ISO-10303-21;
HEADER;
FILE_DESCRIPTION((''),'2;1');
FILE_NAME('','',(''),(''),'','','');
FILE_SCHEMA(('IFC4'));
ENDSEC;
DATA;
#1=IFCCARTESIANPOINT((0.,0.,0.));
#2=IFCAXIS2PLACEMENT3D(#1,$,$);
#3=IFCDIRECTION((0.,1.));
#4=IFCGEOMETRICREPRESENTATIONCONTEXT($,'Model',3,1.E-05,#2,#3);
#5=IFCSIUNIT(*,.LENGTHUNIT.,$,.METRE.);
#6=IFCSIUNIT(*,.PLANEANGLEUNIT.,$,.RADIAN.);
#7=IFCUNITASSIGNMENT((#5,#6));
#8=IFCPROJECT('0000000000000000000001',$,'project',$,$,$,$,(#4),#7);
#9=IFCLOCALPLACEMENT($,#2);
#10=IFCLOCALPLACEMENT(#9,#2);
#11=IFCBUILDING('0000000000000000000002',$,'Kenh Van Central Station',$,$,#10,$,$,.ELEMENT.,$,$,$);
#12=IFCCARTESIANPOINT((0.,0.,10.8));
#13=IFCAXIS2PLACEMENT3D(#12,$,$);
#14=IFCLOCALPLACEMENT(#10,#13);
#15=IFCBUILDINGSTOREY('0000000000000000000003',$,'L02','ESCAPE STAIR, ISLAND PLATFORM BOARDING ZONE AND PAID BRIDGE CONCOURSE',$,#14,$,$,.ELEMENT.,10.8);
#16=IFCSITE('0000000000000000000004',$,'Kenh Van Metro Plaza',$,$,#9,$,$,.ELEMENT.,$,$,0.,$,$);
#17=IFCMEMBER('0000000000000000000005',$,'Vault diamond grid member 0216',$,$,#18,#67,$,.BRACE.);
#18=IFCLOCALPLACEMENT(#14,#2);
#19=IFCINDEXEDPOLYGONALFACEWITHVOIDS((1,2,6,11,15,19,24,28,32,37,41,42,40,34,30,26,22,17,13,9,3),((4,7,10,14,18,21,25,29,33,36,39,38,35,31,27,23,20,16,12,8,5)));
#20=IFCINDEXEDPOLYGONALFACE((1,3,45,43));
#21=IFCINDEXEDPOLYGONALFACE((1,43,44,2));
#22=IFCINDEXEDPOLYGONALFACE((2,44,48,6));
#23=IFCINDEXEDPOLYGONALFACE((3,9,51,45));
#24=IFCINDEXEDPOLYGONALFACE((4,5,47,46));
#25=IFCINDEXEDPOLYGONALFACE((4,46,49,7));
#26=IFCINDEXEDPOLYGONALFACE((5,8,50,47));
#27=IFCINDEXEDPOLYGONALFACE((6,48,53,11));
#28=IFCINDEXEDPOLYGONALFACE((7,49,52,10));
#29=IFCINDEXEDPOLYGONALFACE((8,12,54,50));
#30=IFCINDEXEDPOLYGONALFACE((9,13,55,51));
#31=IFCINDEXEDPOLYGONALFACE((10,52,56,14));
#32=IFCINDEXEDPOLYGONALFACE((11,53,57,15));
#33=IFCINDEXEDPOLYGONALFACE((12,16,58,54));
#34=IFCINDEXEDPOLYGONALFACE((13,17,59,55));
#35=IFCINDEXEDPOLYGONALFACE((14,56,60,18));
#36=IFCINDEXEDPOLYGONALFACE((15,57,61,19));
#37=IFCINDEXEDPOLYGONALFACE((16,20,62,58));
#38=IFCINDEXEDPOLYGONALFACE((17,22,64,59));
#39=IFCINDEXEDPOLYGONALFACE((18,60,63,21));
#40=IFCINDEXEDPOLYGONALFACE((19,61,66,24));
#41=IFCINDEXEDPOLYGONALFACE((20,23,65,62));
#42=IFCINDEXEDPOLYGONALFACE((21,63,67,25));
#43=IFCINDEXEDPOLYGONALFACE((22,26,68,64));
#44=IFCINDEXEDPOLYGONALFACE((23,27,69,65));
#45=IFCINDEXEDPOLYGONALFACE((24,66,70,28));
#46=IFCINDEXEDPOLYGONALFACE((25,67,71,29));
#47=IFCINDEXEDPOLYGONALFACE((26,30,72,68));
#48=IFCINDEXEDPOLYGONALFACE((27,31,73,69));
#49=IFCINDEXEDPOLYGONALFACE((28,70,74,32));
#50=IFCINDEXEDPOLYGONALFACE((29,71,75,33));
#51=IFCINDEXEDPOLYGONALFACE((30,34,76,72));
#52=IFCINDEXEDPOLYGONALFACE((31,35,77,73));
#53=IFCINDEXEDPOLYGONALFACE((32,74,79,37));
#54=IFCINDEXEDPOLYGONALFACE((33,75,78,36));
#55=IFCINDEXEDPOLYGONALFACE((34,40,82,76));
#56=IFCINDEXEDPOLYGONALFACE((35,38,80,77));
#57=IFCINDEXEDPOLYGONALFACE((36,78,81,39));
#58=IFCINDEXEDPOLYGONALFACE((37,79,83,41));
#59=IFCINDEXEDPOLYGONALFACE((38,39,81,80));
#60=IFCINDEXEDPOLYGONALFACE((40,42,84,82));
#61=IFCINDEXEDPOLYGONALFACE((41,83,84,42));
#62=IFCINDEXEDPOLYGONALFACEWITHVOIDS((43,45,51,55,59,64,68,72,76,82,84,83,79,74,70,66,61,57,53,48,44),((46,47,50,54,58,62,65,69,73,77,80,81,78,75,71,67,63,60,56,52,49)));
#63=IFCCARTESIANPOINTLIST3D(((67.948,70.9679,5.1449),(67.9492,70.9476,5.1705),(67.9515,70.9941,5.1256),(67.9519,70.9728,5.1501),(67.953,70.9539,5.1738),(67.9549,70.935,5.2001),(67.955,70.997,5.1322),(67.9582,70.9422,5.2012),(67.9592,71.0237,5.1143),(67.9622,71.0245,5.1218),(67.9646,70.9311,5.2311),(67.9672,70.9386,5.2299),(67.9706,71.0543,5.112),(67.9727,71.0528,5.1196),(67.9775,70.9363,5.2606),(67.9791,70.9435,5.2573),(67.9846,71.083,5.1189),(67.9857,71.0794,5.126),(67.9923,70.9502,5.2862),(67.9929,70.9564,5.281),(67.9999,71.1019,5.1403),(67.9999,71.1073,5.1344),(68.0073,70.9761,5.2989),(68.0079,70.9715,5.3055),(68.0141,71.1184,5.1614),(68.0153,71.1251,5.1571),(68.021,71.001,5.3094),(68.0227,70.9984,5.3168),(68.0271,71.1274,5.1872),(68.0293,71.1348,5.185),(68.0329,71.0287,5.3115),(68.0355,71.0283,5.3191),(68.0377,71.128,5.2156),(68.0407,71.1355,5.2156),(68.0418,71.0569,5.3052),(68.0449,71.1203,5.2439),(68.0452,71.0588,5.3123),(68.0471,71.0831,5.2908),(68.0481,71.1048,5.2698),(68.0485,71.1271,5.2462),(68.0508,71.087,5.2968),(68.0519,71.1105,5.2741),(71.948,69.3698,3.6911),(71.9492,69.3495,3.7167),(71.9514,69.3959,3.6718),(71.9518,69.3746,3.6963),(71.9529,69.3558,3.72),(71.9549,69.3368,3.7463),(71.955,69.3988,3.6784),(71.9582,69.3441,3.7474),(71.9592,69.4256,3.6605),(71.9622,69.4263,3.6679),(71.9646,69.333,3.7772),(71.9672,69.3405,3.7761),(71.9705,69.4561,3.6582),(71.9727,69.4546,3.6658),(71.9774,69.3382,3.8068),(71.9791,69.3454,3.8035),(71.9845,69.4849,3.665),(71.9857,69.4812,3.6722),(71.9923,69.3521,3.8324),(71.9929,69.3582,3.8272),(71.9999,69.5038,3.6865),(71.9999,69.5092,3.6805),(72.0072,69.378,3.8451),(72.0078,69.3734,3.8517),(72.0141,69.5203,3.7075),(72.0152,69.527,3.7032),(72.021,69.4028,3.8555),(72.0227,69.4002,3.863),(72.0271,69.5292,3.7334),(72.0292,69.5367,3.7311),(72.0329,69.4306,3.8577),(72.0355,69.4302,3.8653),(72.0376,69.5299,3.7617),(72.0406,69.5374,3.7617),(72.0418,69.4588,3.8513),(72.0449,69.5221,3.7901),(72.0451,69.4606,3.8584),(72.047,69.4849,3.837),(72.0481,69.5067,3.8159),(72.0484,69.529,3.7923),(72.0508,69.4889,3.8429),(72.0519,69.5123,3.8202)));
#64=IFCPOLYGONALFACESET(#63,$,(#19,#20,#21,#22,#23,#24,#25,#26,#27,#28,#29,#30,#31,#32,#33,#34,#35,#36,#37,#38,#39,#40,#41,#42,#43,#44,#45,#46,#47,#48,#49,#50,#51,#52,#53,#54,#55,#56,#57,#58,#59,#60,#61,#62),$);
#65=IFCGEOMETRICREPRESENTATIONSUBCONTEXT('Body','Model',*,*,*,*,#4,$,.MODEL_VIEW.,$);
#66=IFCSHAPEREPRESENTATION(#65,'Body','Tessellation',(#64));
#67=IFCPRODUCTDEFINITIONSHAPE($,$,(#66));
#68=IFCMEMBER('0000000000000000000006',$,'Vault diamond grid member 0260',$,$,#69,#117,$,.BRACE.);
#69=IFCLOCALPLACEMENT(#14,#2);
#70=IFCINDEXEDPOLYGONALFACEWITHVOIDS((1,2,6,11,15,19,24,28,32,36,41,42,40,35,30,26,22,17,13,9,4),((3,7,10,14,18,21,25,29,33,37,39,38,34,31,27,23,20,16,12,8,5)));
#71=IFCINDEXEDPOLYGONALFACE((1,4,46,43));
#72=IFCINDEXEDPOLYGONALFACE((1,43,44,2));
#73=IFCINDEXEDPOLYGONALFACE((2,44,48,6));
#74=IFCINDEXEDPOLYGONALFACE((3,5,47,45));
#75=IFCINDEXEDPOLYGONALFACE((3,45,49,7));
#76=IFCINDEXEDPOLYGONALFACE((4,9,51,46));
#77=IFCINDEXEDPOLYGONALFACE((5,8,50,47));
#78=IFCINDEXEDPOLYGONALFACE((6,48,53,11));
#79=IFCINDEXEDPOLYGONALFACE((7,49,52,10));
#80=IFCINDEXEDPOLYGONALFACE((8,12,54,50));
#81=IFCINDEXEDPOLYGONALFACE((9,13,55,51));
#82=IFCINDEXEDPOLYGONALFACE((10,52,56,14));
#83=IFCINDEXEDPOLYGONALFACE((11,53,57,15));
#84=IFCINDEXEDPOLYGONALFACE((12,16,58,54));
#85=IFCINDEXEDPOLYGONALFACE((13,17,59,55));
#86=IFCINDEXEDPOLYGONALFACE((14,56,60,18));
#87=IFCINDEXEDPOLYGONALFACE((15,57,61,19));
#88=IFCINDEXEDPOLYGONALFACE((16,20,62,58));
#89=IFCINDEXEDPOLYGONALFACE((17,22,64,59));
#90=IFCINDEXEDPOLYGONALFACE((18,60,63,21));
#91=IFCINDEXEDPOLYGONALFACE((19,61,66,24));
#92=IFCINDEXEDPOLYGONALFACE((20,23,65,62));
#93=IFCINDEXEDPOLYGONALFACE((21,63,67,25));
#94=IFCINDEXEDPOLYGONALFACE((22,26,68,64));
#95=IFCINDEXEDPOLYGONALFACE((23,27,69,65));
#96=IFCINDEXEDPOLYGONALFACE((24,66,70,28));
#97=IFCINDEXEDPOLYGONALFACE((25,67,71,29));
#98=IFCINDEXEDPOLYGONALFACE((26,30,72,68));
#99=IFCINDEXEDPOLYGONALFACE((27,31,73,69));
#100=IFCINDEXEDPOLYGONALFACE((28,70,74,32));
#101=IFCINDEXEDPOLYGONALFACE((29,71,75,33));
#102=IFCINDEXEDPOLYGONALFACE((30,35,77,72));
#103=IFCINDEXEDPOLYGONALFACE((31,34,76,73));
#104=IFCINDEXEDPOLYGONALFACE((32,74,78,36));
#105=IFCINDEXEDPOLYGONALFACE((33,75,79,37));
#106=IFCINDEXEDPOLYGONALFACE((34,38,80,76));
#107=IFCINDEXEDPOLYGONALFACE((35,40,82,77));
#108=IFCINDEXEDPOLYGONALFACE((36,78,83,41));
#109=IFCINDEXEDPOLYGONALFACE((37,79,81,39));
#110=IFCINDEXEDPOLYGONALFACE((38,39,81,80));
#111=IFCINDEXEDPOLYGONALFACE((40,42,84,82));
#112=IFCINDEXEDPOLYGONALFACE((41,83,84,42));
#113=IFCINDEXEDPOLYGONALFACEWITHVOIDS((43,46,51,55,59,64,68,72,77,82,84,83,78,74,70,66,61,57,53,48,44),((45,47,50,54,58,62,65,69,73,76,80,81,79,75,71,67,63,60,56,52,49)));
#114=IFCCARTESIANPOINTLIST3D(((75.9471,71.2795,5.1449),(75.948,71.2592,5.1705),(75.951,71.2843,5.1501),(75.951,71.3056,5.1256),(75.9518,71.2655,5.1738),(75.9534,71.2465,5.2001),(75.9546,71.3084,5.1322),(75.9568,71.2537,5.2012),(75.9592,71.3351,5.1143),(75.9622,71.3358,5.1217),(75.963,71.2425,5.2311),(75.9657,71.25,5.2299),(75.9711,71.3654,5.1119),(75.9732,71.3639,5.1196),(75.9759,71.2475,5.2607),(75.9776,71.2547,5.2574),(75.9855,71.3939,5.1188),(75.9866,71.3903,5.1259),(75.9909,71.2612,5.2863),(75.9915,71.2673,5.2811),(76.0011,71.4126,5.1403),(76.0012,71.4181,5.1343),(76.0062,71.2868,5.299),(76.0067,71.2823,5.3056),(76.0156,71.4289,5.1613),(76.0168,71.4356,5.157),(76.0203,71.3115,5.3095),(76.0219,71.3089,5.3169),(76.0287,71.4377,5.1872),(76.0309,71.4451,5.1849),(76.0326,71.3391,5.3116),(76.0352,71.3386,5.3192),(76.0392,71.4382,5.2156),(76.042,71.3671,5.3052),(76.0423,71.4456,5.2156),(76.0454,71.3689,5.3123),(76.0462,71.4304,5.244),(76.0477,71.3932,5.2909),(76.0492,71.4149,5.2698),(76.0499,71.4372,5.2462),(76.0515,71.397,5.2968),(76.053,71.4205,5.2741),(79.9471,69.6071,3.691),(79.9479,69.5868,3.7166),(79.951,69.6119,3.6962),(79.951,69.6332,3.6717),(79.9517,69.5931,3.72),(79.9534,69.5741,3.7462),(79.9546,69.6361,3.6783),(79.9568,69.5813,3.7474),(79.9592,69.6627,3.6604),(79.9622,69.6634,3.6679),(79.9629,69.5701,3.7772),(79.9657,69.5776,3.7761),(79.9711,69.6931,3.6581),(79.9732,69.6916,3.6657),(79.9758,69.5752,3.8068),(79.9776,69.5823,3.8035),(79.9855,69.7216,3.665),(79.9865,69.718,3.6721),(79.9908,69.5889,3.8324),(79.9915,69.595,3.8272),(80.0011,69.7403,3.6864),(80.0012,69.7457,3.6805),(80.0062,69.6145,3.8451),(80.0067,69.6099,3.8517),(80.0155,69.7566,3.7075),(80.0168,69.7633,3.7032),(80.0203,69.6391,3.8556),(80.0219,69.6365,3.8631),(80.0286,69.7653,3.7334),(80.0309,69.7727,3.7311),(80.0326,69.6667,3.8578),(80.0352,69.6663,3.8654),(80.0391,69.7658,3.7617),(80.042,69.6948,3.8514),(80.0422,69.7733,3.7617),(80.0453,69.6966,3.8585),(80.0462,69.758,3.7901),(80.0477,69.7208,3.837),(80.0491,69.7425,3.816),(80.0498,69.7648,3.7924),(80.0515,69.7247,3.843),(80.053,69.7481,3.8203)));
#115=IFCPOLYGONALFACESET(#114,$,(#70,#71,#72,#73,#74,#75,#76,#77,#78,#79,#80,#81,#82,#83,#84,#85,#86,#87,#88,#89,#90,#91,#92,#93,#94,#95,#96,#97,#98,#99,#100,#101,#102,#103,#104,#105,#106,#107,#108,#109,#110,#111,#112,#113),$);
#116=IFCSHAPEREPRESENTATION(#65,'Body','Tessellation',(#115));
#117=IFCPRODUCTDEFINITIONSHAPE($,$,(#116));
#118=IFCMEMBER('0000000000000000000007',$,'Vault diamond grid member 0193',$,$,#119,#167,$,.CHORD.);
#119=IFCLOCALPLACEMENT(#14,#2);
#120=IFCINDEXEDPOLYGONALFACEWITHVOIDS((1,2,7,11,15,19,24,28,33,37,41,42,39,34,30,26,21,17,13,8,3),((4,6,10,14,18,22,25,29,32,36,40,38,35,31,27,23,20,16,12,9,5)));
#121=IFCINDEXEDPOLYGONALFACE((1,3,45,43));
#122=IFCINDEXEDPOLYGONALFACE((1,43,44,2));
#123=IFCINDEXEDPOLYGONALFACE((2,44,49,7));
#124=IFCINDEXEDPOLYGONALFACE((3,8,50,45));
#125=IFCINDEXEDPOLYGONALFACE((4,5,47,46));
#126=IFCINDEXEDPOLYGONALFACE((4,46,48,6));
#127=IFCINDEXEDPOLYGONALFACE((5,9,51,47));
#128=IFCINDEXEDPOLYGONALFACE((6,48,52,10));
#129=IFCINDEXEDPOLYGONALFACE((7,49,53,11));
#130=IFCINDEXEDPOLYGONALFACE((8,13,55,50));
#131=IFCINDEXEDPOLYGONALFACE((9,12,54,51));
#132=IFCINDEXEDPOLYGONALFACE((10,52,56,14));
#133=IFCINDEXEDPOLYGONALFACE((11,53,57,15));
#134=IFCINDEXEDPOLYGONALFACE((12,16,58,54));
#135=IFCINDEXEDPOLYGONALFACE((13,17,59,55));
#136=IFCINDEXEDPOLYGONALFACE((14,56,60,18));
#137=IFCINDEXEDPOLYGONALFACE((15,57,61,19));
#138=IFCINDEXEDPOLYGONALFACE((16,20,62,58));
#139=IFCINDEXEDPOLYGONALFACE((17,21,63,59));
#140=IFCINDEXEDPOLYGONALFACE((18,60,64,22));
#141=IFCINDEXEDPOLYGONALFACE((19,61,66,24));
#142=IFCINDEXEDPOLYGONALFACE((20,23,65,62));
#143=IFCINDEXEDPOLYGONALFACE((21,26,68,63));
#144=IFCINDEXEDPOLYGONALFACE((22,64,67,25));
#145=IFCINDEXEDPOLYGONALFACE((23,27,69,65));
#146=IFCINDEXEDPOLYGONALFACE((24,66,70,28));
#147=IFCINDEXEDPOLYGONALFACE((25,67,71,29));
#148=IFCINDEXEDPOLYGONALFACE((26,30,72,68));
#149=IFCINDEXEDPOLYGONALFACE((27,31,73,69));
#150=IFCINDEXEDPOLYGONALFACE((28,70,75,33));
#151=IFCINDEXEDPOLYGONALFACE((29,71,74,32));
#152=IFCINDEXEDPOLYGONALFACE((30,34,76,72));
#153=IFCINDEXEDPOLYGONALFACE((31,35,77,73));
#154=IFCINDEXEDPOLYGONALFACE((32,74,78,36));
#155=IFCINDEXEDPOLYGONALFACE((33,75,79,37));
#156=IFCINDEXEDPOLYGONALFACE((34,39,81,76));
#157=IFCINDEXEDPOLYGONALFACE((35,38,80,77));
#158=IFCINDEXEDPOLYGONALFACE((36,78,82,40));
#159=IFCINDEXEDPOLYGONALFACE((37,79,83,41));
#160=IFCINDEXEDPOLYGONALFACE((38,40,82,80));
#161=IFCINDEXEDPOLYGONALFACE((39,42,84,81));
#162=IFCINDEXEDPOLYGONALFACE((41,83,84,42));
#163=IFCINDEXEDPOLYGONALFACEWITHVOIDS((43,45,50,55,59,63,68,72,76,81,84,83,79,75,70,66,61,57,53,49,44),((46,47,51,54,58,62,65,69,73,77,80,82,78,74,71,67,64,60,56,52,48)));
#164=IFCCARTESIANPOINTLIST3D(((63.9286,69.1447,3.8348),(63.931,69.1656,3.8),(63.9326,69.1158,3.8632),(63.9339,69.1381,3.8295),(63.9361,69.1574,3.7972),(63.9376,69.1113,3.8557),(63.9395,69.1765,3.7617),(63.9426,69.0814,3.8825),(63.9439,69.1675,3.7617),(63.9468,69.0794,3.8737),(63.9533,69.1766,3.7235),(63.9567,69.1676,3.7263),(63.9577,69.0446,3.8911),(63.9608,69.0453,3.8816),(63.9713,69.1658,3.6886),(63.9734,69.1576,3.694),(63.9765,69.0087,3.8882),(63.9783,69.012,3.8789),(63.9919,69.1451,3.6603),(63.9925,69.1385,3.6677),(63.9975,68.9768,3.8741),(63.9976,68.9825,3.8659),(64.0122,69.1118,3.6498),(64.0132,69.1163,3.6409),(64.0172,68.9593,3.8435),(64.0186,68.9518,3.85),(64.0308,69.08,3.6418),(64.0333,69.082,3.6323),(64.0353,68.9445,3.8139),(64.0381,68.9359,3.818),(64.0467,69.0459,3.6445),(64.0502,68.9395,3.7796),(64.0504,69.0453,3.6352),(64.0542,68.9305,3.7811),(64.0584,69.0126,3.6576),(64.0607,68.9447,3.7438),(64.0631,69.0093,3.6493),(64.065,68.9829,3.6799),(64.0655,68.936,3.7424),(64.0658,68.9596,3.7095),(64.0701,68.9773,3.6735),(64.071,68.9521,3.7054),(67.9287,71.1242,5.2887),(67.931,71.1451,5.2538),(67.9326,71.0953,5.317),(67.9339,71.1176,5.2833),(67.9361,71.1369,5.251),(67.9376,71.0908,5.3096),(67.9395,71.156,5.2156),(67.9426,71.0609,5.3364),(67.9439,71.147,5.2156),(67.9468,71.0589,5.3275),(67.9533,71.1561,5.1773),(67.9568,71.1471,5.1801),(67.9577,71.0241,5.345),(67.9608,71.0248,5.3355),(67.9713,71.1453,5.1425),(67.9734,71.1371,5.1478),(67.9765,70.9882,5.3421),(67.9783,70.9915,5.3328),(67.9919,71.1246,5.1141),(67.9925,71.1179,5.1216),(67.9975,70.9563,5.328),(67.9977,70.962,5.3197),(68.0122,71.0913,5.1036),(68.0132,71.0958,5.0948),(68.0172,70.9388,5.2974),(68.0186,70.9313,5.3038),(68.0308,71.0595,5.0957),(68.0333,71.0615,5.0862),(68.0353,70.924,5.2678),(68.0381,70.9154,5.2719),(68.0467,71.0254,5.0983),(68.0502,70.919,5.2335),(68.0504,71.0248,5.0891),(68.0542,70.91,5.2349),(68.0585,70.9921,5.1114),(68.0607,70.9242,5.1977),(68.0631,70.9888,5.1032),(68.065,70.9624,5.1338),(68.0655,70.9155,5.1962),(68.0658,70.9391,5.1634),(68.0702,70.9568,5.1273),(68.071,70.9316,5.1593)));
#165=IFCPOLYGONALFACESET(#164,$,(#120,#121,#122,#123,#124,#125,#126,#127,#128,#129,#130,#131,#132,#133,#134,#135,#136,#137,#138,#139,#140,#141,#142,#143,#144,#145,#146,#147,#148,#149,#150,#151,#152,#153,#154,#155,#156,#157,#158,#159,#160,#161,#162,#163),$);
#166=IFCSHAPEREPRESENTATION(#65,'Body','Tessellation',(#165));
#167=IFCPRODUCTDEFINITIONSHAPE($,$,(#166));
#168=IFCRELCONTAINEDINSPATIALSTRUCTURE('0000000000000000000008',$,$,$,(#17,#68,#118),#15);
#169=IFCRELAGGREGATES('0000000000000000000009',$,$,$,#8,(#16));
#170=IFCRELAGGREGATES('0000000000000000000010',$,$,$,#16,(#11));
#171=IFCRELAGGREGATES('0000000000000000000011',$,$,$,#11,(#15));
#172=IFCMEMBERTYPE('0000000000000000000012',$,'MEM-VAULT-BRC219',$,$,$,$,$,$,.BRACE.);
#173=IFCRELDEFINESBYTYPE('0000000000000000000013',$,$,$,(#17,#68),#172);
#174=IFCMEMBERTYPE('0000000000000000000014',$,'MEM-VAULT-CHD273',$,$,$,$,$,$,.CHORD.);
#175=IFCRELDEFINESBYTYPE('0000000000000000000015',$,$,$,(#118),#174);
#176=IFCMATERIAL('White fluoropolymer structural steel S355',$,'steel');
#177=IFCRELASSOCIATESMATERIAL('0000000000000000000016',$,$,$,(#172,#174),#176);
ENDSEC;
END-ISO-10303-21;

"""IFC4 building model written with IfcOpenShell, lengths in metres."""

from ifc_helpers import new_model, si_unit, direction, frame, origin, origin_2d, place, context, subcontext, project, spatial, hollow_circle, extrude, material, material_profile, profile_set, type_object, element, save


model = new_model("IFC4")

# Units and contexts
model_context = context("Model", 3, precision=1e-05, world=origin(), true_north=direction((0.0, 1.0)))
body_context = subcontext(model_context, "Body", "Model", "MODEL_VIEW")
ifc_project = project(units=[si_unit("LENGTHUNIT", "METRE"), si_unit("PLANEANGLEUNIT", "RADIAN")], contexts=[model_context])

# Site, building, storey
site_placement = place(None, origin())
site = spatial("IfcSite", under=ifc_project, at=site_placement, Name="Kenh Van Metro Plaza", CompositionType="ELEMENT", RefElevation=0.0)
building_placement = place(site_placement, origin())
building = spatial("IfcBuilding", under=site, at=building_placement, Name="Kenh Van Central Station", CompositionType="ELEMENT")
storey_placement = place(building_placement, frame((0.0, 0.0, 10.8)))
storey = spatial("IfcBuildingStorey", under=building, at=storey_placement, Name="L02", Description="ESCAPE STAIR, ISLAND PLATFORM BOARDING ZONE AND PAID BRIDGE CONCOURSE", CompositionType="ELEMENT", Elevation=10.8)

# Shared definitions
ifc_material_1 = material(Name="White fluoropolymer structural steel S355", Category="steel")

# Members
ifc_material_profile_1 = material_profile(ifc_material_1, hollow_circle(Radius=0.1096, WallThickness=0.0081, at=origin_2d()), Name="CHS 219.1x8")
ifc_profile_set_1 = profile_set([ifc_material_profile_1], Name="White fluoropolymer structural steel S355")
member_type_1 = type_object("IfcMemberType", Name="MEM-VAULT-BRC219", PredefinedType="BRACE", material=ifc_profile_set_1)
member_1_placement = place(storey_placement, frame((68.0, 71.0337, 5.2156), z_axis=(0.879859, -0.351536, -0.319797), x_axis=(0.371019, 0.928625, 0.0)))
element("IfcMember", 1, at=member_1_placement, inside=storey, type_object=member_type_1, Name="Vault diamond grid member 0216", PredefinedType="BRACE", context=body_context, shape_type="SweptSolid", body=[
    extrude(hollow_circle(Radius=0.1096, WallThickness=0.0081, at=origin_2d()), origin(), (0.0, 0.0, 1.0), 4.5461),
])
member_2_placement = place(storey_placement, frame((76.0, 71.3445, 5.2156), z_axis=(0.874738, -0.36572, -0.317936), x_axis=(0.385735, 0.92261, 0.0)))
element("IfcMember", 2, at=member_2_placement, inside=storey, type_object=member_type_1, Name="Vault diamond grid member 0260", PredefinedType="BRACE", context=body_context, shape_type="SweptSolid", body=[
    extrude(hollow_circle(Radius=0.1096, WallThickness=0.0081, at=origin_2d()), origin(), (0.0, 0.0, 1.0), 4.5728),
])
ifc_material_profile_2 = material_profile(ifc_material_1, hollow_circle(Radius=0.1365, WallThickness=0.01, at=origin_2d()), Name="CHS 273x10")
ifc_profile_set_2 = profile_set([ifc_material_profile_2], Name="White fluoropolymer structural steel S355")
member_type_2 = type_object("IfcMemberType", Name="MEM-VAULT-CHD273", PredefinedType="CHORD", material=ifc_profile_set_2)
member_3_placement = place(storey_placement, frame((64.0, 69.0542, 3.7617), z_axis=(0.852182, 0.421722, 0.309738), x_axis=(-0.443534, 0.896258, 0.0)))
element("IfcMember", 3, at=member_3_placement, inside=storey, type_object=member_type_2, Name="Vault diamond grid member 0193", PredefinedType="CHORD", context=body_context, shape_type="SweptSolid", body=[
    extrude(hollow_circle(Radius=0.1365, WallThickness=0.01, at=origin_2d()), origin(), (0.0, 0.0, 1.0), 4.6938),
])

save(model, "model.ifc")
